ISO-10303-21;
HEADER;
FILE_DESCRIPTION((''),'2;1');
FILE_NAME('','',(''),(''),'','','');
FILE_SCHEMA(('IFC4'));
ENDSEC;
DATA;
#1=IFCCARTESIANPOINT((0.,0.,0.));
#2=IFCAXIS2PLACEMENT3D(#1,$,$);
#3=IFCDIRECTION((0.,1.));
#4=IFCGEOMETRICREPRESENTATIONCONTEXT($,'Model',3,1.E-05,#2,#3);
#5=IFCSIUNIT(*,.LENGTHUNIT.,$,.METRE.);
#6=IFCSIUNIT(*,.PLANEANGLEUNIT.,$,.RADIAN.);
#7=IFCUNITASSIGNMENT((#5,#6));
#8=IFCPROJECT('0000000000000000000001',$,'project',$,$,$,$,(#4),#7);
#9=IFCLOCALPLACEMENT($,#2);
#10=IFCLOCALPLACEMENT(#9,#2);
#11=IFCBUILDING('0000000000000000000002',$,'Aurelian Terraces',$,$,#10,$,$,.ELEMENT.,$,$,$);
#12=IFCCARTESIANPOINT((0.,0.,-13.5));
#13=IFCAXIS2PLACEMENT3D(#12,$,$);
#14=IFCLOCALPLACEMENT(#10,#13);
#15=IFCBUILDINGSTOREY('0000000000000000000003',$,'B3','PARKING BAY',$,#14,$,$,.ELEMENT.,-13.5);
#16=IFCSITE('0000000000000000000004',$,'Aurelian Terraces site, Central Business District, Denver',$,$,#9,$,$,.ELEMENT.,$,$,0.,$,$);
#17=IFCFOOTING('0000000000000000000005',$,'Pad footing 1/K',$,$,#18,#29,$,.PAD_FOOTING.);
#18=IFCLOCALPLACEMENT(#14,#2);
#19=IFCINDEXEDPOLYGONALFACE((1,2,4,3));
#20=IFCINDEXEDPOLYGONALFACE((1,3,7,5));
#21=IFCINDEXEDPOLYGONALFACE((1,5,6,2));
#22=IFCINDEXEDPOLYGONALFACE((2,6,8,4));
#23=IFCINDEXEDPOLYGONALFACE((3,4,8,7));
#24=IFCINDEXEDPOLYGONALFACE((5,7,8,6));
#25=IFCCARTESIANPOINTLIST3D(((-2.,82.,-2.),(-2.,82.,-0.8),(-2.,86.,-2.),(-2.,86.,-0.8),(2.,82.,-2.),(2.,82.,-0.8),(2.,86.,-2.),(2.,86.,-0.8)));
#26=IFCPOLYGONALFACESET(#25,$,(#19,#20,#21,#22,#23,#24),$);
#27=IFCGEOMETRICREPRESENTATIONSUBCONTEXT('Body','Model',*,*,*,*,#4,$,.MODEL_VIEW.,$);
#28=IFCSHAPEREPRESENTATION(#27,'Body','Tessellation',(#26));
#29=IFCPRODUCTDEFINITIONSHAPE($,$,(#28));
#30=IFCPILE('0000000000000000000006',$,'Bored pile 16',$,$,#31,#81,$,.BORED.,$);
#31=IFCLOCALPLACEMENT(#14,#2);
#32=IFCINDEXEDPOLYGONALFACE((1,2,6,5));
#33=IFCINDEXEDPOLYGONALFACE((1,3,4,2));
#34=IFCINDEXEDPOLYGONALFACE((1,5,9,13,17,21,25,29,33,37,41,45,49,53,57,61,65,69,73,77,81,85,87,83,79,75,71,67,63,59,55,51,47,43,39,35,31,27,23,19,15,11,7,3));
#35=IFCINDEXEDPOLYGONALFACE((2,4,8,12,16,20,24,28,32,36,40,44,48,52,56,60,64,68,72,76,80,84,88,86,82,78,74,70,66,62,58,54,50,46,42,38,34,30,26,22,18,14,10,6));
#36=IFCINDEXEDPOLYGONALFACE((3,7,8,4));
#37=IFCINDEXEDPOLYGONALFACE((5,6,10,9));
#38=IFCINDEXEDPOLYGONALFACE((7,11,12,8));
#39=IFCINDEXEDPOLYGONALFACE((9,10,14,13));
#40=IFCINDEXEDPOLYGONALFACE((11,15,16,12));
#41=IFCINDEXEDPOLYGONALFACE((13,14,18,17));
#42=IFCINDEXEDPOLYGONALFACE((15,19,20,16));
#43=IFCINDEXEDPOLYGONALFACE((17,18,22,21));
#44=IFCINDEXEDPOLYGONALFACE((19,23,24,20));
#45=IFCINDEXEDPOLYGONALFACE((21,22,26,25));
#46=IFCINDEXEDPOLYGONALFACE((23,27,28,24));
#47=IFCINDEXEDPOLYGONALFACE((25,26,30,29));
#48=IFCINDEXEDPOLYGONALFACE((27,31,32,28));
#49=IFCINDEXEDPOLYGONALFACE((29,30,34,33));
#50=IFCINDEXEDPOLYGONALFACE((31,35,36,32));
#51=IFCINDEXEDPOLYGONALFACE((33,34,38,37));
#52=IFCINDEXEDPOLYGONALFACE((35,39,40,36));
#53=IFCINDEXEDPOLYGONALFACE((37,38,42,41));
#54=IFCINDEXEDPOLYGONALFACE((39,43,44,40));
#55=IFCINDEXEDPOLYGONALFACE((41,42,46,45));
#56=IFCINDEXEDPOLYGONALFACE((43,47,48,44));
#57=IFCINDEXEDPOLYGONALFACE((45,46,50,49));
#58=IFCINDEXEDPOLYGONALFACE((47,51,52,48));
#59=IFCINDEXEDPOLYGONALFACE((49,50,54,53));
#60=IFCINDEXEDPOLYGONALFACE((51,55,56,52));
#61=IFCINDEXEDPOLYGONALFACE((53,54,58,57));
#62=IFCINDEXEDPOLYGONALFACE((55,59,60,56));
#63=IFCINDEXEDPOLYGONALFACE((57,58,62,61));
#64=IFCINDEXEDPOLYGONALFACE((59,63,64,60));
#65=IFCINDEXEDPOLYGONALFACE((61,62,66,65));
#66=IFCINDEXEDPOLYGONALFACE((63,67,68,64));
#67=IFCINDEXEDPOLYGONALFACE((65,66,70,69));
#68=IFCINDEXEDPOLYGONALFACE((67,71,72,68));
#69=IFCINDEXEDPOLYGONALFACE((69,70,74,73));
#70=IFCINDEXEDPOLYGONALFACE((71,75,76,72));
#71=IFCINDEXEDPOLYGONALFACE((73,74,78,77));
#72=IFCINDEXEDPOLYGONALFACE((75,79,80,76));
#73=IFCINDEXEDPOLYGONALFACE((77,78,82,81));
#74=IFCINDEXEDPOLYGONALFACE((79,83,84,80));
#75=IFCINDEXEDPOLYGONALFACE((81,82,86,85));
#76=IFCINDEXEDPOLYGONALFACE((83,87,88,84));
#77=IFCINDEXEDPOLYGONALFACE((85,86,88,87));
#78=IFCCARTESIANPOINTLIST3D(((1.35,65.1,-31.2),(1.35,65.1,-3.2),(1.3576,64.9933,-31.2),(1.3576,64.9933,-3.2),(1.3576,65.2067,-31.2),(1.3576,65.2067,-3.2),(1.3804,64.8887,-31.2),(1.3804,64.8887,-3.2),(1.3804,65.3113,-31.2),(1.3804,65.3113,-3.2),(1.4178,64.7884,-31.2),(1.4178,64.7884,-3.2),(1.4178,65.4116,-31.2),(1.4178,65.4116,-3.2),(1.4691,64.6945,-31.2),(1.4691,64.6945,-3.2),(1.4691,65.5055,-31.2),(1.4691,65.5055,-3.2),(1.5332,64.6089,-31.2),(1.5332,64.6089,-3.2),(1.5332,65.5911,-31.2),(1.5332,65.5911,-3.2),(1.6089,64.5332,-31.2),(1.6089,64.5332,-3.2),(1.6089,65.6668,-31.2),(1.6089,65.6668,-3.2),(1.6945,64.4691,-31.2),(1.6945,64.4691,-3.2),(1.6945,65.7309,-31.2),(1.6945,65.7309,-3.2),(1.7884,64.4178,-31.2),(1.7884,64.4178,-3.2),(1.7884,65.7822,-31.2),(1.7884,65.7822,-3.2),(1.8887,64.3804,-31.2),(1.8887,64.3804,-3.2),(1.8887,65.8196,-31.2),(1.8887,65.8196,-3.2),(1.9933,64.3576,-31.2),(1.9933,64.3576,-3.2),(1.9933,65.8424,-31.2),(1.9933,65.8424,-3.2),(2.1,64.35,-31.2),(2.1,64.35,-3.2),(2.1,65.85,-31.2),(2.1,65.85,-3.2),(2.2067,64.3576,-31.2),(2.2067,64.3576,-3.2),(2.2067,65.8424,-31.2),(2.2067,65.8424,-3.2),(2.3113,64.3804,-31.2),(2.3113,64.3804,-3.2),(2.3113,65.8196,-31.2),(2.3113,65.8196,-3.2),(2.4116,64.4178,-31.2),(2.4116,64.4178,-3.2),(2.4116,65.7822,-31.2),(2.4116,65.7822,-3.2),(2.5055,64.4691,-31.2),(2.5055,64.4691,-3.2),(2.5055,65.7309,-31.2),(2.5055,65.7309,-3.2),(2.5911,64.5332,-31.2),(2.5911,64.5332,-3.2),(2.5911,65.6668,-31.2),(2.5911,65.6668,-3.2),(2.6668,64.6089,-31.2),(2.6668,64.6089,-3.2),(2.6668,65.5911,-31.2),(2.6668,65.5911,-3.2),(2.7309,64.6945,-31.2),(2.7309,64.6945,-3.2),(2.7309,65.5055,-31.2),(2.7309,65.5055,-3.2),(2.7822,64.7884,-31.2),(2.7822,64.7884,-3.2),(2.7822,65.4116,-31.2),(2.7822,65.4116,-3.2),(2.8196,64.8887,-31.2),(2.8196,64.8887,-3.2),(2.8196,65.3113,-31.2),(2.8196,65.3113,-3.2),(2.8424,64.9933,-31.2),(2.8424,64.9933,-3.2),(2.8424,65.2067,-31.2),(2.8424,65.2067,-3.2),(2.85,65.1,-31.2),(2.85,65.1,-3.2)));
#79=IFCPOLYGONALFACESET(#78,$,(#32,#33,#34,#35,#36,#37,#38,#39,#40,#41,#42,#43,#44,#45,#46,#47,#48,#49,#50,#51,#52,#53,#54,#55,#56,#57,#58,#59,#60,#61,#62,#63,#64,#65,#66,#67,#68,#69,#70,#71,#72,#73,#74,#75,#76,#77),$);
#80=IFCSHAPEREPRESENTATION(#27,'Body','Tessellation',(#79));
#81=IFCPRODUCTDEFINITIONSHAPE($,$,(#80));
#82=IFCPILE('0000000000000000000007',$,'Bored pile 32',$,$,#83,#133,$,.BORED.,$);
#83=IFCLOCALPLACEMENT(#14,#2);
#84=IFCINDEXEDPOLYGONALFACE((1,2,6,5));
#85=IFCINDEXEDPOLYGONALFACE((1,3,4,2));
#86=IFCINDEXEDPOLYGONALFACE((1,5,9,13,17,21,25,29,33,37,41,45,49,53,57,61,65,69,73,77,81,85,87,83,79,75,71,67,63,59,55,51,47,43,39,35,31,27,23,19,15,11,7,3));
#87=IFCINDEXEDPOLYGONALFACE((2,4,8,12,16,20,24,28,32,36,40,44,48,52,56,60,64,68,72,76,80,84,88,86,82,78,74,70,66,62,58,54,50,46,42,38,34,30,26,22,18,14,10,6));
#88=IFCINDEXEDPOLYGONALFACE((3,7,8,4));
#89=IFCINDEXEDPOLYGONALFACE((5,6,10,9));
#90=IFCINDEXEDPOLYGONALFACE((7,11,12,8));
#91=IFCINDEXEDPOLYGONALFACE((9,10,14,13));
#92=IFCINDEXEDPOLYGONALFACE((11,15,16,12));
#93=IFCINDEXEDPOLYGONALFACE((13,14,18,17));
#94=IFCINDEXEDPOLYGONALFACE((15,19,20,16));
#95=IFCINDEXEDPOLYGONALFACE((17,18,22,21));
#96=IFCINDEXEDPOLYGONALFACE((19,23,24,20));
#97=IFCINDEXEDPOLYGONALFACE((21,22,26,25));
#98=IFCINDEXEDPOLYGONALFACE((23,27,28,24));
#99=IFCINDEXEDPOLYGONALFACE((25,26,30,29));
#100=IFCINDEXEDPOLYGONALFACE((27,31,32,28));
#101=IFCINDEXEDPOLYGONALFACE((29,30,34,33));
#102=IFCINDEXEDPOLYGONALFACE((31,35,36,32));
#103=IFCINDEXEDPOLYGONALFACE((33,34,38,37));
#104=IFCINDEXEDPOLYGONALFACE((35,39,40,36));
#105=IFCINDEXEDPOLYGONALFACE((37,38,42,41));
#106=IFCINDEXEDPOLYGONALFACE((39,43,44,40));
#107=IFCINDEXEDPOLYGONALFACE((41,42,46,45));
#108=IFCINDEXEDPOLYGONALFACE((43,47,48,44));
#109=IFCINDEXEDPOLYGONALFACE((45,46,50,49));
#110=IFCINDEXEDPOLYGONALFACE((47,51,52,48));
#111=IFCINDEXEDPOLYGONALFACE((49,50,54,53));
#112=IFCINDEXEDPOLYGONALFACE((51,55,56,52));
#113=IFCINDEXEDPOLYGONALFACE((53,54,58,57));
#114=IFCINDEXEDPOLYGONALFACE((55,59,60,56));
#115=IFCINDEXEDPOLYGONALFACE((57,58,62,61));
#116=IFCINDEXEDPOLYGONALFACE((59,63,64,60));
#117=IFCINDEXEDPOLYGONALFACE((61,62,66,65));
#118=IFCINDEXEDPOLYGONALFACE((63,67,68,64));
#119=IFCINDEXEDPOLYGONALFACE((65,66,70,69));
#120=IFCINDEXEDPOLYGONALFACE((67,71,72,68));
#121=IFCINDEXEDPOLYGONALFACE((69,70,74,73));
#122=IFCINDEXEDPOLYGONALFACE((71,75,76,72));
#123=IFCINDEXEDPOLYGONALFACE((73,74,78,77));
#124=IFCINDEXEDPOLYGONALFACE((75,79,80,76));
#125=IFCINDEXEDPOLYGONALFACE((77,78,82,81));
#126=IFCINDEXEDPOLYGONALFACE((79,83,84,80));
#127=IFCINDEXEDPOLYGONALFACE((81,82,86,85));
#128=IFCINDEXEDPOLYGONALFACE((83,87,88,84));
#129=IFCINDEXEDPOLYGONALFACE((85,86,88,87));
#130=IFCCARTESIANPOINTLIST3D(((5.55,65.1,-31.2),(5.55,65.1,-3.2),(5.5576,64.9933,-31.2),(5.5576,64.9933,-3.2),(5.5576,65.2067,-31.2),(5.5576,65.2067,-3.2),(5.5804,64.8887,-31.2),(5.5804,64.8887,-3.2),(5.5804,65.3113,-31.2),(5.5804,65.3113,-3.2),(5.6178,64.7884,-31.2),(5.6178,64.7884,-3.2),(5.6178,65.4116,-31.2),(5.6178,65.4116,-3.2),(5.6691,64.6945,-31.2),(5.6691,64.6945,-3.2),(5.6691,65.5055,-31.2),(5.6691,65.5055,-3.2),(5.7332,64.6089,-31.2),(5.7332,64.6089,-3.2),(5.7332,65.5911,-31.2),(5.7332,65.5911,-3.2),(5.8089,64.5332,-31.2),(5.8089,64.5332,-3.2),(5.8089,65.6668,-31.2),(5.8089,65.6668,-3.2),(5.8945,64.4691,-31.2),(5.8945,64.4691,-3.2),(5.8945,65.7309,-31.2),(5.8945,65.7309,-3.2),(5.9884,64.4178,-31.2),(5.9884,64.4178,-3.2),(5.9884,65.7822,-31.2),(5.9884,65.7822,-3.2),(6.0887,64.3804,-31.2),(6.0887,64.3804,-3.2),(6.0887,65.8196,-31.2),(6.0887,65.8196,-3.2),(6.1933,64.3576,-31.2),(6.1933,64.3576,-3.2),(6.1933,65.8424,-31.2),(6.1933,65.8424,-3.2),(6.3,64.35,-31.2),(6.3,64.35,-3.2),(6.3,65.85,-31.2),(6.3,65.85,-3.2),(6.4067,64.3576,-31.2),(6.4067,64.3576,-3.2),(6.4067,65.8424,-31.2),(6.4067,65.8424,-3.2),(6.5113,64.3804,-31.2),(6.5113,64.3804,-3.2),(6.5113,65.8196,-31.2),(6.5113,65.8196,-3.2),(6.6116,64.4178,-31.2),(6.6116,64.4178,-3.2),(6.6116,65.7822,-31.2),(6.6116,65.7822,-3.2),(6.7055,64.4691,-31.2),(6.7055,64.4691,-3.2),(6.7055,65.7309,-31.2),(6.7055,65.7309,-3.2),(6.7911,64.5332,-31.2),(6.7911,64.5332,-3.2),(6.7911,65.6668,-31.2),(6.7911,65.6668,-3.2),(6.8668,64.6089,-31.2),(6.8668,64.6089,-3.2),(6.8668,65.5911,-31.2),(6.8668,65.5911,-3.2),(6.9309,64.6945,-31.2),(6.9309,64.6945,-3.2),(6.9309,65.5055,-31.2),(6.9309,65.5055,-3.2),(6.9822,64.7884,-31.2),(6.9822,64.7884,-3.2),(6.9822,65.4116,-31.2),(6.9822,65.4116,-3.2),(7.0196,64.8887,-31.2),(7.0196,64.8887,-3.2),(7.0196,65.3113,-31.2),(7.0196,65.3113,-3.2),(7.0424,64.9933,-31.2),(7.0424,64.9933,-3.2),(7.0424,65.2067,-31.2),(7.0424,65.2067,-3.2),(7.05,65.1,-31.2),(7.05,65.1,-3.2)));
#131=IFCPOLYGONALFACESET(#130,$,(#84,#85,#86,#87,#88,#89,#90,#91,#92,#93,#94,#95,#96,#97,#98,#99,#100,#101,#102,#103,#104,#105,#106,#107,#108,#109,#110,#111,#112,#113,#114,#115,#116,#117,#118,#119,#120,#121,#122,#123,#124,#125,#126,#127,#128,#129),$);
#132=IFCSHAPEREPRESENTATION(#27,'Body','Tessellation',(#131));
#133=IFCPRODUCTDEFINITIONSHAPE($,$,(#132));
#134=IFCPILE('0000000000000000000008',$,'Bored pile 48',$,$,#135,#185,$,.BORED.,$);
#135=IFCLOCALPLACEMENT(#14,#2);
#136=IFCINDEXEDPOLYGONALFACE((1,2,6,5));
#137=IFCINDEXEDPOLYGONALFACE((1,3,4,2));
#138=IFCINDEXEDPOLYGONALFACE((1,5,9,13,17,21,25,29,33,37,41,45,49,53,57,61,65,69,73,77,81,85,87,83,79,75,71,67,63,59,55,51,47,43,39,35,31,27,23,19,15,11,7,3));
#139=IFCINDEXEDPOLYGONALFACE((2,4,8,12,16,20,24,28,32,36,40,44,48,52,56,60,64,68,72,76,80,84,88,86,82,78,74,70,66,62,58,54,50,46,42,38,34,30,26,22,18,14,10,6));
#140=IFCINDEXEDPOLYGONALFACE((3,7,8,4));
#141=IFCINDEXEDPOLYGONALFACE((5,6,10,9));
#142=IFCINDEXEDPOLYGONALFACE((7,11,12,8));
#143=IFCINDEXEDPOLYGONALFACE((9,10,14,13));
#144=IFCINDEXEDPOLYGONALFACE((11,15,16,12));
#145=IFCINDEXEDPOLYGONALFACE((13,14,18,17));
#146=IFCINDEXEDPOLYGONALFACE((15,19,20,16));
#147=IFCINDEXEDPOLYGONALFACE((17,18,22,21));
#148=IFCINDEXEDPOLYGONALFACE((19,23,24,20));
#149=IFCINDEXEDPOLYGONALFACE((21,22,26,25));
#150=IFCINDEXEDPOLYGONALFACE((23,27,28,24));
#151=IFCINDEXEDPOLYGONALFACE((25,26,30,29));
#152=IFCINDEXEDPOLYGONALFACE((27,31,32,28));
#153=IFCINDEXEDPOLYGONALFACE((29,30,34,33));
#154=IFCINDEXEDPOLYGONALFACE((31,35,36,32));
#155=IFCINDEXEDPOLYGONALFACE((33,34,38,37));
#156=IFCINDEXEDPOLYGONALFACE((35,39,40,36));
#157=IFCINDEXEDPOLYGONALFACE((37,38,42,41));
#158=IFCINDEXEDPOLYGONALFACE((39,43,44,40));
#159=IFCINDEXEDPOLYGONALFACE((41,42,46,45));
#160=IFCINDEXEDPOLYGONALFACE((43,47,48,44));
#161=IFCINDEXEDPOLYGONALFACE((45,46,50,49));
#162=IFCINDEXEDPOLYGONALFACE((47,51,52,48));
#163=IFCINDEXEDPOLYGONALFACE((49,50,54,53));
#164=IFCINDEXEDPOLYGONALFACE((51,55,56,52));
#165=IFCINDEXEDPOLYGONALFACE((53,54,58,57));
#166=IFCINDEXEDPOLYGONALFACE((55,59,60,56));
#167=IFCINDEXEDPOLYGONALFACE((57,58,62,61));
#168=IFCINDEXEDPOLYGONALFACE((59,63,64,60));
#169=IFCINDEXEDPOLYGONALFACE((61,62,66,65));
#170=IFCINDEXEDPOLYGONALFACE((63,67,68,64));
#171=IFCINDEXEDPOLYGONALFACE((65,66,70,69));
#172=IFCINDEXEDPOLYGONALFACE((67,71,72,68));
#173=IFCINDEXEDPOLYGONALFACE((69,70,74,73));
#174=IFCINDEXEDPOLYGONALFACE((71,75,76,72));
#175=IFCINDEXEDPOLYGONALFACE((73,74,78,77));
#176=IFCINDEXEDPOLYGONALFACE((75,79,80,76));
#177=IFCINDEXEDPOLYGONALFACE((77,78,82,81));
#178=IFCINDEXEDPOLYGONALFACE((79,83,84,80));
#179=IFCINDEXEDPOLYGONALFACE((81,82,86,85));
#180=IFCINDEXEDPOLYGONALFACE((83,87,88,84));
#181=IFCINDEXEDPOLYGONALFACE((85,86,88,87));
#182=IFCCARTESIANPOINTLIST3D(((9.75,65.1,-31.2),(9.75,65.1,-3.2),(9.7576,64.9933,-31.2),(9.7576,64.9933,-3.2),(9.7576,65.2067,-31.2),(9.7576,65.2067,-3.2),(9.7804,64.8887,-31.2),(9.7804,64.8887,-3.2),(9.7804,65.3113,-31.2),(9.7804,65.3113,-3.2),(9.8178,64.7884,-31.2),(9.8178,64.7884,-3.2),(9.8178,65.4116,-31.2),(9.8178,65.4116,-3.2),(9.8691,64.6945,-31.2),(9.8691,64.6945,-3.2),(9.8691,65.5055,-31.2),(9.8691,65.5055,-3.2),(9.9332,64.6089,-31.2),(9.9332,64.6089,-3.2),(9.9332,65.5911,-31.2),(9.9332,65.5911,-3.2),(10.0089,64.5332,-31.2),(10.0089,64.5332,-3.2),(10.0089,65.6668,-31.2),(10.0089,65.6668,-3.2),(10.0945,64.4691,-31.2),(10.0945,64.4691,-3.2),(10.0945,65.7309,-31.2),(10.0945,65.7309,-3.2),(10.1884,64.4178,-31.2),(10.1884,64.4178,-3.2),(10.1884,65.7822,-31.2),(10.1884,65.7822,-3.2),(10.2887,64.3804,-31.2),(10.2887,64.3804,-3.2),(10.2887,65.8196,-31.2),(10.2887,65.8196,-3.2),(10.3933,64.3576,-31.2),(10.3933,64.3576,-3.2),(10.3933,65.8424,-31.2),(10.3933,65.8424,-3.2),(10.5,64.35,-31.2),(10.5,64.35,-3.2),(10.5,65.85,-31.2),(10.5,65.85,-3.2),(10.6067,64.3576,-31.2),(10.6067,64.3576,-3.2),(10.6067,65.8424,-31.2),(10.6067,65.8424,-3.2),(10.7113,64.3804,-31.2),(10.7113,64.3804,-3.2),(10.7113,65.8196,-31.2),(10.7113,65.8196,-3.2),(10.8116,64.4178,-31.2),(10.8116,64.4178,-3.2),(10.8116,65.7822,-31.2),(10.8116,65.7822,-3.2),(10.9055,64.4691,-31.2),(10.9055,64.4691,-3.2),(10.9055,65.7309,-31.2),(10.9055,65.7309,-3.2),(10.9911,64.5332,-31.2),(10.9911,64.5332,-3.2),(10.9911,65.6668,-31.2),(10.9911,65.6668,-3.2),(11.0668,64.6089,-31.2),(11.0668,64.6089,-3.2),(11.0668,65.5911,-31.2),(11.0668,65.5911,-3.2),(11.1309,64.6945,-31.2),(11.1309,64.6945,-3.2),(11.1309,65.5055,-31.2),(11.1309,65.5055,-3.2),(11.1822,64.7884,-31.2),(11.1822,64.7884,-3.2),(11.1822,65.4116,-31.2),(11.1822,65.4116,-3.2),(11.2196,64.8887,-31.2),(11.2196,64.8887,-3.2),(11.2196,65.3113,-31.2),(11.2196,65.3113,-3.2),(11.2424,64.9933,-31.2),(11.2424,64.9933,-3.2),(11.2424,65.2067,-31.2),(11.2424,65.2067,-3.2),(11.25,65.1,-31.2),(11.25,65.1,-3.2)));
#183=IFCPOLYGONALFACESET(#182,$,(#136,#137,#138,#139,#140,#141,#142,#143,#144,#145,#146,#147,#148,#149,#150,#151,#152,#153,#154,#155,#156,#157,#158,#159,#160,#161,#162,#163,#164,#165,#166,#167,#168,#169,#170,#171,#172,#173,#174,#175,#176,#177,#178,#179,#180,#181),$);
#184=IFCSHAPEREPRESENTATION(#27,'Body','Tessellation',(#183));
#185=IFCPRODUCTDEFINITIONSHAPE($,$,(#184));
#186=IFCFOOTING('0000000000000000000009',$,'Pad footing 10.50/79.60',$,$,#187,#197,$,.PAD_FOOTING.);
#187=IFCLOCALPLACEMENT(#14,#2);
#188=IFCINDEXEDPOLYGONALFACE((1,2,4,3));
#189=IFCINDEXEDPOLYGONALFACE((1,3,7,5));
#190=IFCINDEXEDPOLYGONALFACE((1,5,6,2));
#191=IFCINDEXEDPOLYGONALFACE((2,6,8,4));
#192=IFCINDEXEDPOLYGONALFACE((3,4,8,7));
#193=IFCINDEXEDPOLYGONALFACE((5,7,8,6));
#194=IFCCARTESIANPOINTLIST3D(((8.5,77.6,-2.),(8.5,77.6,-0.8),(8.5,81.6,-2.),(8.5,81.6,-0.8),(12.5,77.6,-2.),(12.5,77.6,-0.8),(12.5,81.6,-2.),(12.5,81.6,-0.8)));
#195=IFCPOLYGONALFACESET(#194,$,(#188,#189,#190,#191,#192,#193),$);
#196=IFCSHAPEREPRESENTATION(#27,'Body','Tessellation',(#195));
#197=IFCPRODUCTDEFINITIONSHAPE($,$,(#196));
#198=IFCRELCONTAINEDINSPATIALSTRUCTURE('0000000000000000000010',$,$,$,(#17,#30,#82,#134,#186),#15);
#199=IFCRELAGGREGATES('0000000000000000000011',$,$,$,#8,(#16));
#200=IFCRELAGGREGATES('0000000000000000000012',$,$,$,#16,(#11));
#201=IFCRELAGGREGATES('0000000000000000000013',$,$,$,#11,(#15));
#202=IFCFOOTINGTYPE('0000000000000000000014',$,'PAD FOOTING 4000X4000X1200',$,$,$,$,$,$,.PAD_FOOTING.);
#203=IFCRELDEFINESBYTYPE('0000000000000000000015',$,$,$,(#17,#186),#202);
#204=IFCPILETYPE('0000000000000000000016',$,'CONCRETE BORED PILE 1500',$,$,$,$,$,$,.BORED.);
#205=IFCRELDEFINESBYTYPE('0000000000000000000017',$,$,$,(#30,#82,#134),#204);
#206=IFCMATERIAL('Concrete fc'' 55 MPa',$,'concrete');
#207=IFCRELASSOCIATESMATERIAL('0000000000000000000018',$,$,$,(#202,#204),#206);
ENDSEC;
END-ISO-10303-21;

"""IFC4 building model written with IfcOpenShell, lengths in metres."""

from ifc_helpers import new_model, si_unit, direction, frame, origin, origin_2d, place, context, subcontext, project, spatial, rectangle, circle, extrude, source, transform, mapped, material, material_profile, profile_set, type_object, element, save


model = new_model("IFC4")

# Units and contexts
model_context = context("Model", 3, precision=1e-05, world=origin(), true_north=direction((0.0, 1.0)))
body_context = subcontext(model_context, "Body", "Model", "MODEL_VIEW")
ifc_project = project(units=[si_unit("LENGTHUNIT", "METRE"), si_unit("PLANEANGLEUNIT", "RADIAN")], contexts=[model_context])

# Site, building, storey
site_placement = place(None, origin())
site = spatial("IfcSite", under=ifc_project, at=site_placement, Name="Aurelian Terraces site, Central Business District, Denver", CompositionType="ELEMENT", RefElevation=0.0)
building_placement = place(site_placement, origin())
building = spatial("IfcBuilding", under=site, at=building_placement, Name="Aurelian Terraces", CompositionType="ELEMENT")
storey_placement = place(building_placement, frame((0.0, 0.0, -13.5)))
storey = spatial("IfcBuildingStorey", under=building, at=storey_placement, Name="B3", Description="PARKING BAY", CompositionType="ELEMENT", Elevation=-13.5)

# Footing
ifc_material_1 = material(Name="Concrete fc' 55 MPa", Category="concrete")
footing_type = type_object("IfcFootingType", Name="PAD FOOTING 4000X4000X1200", PredefinedType="PAD_FOOTING", material=ifc_material_1)
footing_1_placement = place(storey_placement, frame((0.0, 84.0, -2.0), z_axis=(0.0, 0.0, 1.0), x_axis=(1.0, 0.0, 0.0)))
element("IfcFooting", 1, at=footing_1_placement, inside=storey, type_object=footing_type, Name="Pad footing 1/K", PredefinedType="PAD_FOOTING", context=body_context, shape_type="SweptSolid", body=[
    extrude(rectangle(XDim=4.0, YDim=4.0, at=origin_2d()), origin(), (0.0, 0.0, 1.0), 1.2),
])

# Piles
ifc_material_profile_1 = material_profile(ifc_material_1, circle(Radius=0.75, at=origin_2d()))
ifc_profile_set_1 = profile_set([ifc_material_profile_1], Name="Concrete fc' 55 MPa")
pile_type = type_object("IfcPileType", Name="CONCRETE BORED PILE 1500", PredefinedType="BORED", material=ifc_profile_set_1)
shared_shape_1 = source(origin(), body_context, "Body", "SweptSolid", [
    extrude(circle(Radius=0.75, at=origin_2d()), origin(), (0.0, 0.0, 1.0), 28.0),
])
for number, where, z_axis, x_axis, name in (
    (2, (2.1, 65.1, -3.2), (0.0, 0.0, -1.0), (1.0, 0.0, 0.0), "Bored pile 16"),
    (3, (6.3, 65.1, -3.2), (0.0, 0.0, -1.0), (1.0, 0.0, 0.0), "Bored pile 32"),
    (4, (10.5, 65.1, -3.2), (0.0, 0.0, -1.0), (1.0, 0.0, 0.0), "Bored pile 48"),
):
    element("IfcPile", number, at=place(storey_placement, frame(where, z_axis=z_axis, x_axis=x_axis)), inside=storey, type_object=pile_type, Name=name, PredefinedType="BORED", context=body_context, shape_type="MappedRepresentation", body=[
        mapped(shared_shape_1, transform((0.0, 0.0, 0.0), scale=1.0)),
    ])

# Footing
shared_shape_2 = source(origin(), body_context, "Body", "SweptSolid", [
    extrude(rectangle(XDim=4.0, YDim=4.0, at=origin_2d()), origin(), (0.0, 0.0, 1.0), 1.2),
])
footing_2_placement = place(storey_placement, frame((10.5, 79.6, -2.0), z_axis=(0.0, 0.0, 1.0), x_axis=(1.0, 0.0, 0.0)))
element("IfcFooting", 5, at=footing_2_placement, inside=storey, type_object=footing_type, Name="Pad footing 10.50/79.60", PredefinedType="PAD_FOOTING", context=body_context, shape_type="MappedRepresentation", body=[
    mapped(shared_shape_2, transform((0.0, 0.0, 0.0), scale=1.0)),
])

save(model, "model.ifc")
